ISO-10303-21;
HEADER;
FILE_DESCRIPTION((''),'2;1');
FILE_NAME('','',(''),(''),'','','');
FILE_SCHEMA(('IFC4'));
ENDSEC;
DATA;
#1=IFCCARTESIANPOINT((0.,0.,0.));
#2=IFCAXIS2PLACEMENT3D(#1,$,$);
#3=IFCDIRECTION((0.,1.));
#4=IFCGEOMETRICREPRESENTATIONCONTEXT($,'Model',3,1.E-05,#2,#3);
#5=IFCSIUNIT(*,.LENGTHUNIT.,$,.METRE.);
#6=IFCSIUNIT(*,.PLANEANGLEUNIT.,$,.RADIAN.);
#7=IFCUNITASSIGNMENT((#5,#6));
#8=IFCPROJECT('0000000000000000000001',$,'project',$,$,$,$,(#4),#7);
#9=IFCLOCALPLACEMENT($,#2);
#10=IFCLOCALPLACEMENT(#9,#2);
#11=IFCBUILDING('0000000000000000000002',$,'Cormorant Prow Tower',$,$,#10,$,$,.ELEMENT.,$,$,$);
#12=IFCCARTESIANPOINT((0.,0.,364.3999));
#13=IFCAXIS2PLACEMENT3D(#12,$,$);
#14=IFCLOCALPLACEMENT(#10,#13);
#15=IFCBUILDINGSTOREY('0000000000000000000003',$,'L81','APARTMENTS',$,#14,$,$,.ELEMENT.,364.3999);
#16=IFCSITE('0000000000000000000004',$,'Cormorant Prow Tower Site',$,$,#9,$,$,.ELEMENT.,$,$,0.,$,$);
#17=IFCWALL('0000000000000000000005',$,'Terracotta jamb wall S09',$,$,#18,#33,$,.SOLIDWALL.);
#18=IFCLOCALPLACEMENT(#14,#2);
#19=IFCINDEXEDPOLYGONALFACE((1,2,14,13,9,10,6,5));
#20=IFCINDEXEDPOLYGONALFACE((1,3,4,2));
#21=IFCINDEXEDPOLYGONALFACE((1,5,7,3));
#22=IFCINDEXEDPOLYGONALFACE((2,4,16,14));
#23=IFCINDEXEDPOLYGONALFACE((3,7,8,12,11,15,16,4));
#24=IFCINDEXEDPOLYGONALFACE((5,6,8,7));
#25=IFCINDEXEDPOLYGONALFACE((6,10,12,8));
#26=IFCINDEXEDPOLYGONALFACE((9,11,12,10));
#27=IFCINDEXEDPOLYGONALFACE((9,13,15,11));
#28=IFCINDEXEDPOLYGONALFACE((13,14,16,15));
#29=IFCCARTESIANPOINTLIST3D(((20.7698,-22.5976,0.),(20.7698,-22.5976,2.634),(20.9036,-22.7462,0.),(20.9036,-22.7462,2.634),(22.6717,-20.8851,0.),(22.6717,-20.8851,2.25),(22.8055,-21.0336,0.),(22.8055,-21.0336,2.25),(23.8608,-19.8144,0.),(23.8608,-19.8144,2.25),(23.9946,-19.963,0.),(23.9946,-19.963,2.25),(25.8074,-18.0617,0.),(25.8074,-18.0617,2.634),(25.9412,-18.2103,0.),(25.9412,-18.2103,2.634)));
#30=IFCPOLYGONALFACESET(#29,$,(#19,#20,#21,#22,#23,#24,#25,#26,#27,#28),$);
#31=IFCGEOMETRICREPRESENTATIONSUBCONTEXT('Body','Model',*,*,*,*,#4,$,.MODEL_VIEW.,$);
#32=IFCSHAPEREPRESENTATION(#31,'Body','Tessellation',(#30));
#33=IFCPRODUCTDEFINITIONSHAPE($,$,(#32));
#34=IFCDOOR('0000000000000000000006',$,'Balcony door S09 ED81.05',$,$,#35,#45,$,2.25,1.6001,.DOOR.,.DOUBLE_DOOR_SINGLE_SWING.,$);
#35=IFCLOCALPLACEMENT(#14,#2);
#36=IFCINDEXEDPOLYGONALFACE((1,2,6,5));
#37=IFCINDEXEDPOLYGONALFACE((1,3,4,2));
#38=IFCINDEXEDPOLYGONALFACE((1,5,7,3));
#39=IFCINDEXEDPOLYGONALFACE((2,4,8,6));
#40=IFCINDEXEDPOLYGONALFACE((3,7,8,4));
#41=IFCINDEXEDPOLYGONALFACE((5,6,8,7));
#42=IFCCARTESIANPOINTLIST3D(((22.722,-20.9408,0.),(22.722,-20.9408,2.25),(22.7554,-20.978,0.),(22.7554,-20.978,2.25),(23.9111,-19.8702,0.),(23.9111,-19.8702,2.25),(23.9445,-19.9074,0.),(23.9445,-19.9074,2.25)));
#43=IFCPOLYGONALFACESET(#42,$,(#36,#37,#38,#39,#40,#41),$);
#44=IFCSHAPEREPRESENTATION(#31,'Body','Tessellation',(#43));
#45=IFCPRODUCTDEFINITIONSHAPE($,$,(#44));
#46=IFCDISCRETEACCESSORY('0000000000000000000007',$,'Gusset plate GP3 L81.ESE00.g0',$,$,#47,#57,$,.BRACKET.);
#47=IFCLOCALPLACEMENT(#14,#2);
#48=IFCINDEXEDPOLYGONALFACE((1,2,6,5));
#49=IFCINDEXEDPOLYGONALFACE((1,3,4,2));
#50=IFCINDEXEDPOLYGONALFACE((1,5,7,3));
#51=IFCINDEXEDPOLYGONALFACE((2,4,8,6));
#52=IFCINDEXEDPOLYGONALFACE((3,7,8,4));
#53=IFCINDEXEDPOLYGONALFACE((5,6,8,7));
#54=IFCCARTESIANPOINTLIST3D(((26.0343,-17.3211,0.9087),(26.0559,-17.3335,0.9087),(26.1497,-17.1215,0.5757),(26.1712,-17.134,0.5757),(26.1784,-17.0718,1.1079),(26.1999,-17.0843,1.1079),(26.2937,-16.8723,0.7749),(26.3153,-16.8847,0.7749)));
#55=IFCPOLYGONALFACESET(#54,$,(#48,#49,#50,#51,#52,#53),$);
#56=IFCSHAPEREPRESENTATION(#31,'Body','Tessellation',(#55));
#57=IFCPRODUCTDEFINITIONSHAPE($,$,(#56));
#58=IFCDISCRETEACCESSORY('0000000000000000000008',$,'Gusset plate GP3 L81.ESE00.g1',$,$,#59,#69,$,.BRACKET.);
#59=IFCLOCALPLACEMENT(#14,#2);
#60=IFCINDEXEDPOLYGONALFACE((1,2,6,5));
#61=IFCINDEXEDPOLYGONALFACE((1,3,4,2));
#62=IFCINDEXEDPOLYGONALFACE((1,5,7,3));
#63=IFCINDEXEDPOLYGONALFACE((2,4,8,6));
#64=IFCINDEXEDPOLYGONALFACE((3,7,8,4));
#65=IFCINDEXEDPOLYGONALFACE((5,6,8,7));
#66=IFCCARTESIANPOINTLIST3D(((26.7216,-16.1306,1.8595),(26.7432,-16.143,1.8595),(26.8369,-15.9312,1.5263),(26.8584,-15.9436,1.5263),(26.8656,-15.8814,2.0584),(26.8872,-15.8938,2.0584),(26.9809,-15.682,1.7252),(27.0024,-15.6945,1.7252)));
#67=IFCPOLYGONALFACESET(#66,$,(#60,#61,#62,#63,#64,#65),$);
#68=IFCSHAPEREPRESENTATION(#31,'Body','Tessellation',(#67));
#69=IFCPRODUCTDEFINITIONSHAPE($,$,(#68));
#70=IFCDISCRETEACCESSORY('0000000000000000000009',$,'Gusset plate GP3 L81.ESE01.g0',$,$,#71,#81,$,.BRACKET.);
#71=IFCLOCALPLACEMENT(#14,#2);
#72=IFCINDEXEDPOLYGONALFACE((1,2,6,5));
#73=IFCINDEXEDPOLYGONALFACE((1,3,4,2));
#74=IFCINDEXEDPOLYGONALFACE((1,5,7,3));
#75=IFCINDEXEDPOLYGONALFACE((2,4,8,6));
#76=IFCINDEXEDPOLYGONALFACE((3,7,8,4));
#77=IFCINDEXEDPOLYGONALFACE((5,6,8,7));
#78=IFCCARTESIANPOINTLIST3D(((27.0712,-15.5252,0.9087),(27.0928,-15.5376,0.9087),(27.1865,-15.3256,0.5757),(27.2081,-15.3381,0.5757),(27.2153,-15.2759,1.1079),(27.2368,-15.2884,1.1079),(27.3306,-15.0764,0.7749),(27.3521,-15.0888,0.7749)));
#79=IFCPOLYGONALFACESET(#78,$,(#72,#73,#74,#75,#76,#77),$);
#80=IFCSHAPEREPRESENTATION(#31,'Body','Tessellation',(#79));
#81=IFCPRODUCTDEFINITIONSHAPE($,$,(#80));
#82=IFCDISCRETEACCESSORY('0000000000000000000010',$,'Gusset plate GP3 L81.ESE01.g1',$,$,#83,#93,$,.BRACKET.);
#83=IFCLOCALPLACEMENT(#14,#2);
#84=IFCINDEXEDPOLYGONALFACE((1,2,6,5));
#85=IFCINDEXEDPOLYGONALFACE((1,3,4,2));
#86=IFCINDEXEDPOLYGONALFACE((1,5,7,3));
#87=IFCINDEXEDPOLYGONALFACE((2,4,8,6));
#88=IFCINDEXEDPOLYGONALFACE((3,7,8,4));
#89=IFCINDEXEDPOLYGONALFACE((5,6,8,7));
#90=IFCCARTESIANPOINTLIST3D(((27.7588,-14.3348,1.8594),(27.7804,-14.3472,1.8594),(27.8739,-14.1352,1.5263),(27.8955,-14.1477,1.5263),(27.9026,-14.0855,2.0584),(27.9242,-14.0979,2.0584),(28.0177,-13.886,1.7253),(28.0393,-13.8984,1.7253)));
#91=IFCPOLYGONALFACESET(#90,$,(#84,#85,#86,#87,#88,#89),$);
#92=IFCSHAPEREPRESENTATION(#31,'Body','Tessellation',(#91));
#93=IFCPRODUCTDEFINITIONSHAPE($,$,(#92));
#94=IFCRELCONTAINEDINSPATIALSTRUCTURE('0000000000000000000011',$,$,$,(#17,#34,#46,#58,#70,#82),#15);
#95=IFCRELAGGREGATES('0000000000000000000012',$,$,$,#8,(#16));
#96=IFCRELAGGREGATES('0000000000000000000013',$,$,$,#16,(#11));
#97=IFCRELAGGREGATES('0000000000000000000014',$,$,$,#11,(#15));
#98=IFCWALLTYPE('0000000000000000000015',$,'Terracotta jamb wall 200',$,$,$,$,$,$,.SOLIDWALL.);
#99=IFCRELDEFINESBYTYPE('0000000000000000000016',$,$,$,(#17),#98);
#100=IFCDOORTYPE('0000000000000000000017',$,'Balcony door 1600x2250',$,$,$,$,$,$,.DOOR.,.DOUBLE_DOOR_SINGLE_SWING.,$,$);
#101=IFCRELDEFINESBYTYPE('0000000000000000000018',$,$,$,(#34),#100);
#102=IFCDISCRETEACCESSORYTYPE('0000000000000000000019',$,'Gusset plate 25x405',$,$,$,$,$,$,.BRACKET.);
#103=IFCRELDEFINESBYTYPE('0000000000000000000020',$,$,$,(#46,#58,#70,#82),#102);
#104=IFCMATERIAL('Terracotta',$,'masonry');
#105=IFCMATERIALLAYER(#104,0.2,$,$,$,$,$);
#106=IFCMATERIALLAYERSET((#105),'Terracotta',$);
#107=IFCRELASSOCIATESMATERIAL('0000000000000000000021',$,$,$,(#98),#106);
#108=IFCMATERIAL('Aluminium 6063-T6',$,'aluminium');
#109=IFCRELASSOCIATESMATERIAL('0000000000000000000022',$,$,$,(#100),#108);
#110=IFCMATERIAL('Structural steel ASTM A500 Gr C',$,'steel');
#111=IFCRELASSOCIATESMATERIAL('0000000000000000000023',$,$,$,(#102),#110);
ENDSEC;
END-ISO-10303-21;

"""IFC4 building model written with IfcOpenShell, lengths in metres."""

from ifc_helpers import new_model, si_unit, direction, frame, frame_2d, origin, origin_2d, place, context, subcontext, project, spatial, rectangle, extrude, material, layer, layer_set, material_profile, profile_set, type_object, element, fill, save


model = new_model("IFC4")

# Units and contexts
model_context = context("Model", 3, precision=1e-05, world=origin(), true_north=direction((0.0, 1.0)))
body_context = subcontext(model_context, "Body", "Model", "MODEL_VIEW")
ifc_project = project(units=[si_unit("LENGTHUNIT", "METRE"), si_unit("PLANEANGLEUNIT", "RADIAN")], contexts=[model_context])

# Site, building, storey
site_placement = place(None, origin())
site = spatial("IfcSite", under=ifc_project, at=site_placement, Name="Cormorant Prow Tower Site", CompositionType="ELEMENT", RefElevation=0.0)
building_placement = place(site_placement, origin())
building = spatial("IfcBuilding", under=site, at=building_placement, Name="Cormorant Prow Tower", CompositionType="ELEMENT")
storey_placement = place(building_placement, frame((0.0, 0.0, 364.3999)))
storey = spatial("IfcBuildingStorey", under=building, at=storey_placement, Name="L81", Description="APARTMENTS", CompositionType="ELEMENT", Elevation=364.3999)

# Wall, opening, door
ifc_material_1 = material(Name="Terracotta", Category="masonry")
ifc_layer_1 = layer(ifc_material_1, 0.2)
ifc_layer_set_1 = layer_set([ifc_layer_1], Name="Terracotta")
wall_type_1 = type_object("IfcWallType", Name="Terracotta jamb wall 200", PredefinedType="SOLIDWALL", material=ifc_layer_set_1)
wall_1_placement = place(storey_placement, frame((20.8367, -22.6719, 0.0), z_axis=(0.0, 0.0, 1.0), x_axis=(0.743144, 0.669132, 0.0)))
wall_1 = element("IfcWall", 1, at=wall_1_placement, inside=storey, type_object=wall_type_1, Name="Terracotta jamb wall S09", PredefinedType="SOLIDWALL", context=body_context, shape_type="SweptSolid", body=[
    extrude(rectangle(XDim=6.7788, YDim=0.2, at=frame_2d((3.3894, 0.0))), origin(), (0.0, 0.0, 1.0), 2.634),
])
opening_1_placement = place(wall_1_placement, frame((2.5593, 0.0, 0.0)))
opening_1 = element("IfcOpeningElement", 2, at=opening_1_placement, cuts=wall_1, PredefinedType="OPENING", context=body_context, shape_type="SweptSolid", body=[
    extrude(rectangle(XDim=1.6001, YDim=2.25, at=frame_2d((0.8, 1.125))), frame((0.0, 0.1099, 0.0), z_axis=(0.0, -1.0, 0.0), x_axis=(1.0, 0.0, 0.0)), (0.0, 0.0, 1.0), 0.22),
])
ifc_material_2 = material(Name="Aluminium 6063-T6", Category="aluminium")
door_type_1 = type_object("IfcDoorType", Name="Balcony door 1600x2250", OperationType="DOUBLE_DOOR_SINGLE_SWING", PredefinedType="DOOR", material=ifc_material_2)
door_1_placement = place(opening_1_placement, origin())
door_1 = element("IfcDoor", 3, at=door_1_placement, inside=storey, type_object=door_type_1, Name="Balcony door S09 ED81.05", OperationType="DOUBLE_DOOR_SINGLE_SWING", OverallHeight=2.25, OverallWidth=1.6001, PredefinedType="DOOR", context=body_context, shape_type="SweptSolid", body=[
    extrude(rectangle(XDim=1.6001, YDim=2.25, at=frame_2d((0.8, 1.125))), frame((0.0, 0.0249, 0.0), z_axis=(0.0, -1.0, 0.0), x_axis=(1.0, 0.0, 0.0)), (0.0, 0.0, 1.0), 0.05),
])
fill(opening_1, door_1)

# Discrete accessories
ifc_material_3 = material(Name="Structural steel ASTM A500 Gr C", Category="steel")
ifc_material_profile_1 = material_profile(ifc_material_3, rectangle(XDim=0.0249, YDim=0.405, at=origin_2d()), Name="Gusset plate 25x405")
ifc_profile_set_1 = profile_set([ifc_material_profile_1], Name="Structural steel ASTM A500 Gr C")
discrete_accessory_type = type_object("IfcDiscreteAccessoryType", Name="Gusset plate 25x405", PredefinedType="BRACKET", material=ifc_profile_set_1)
discrete_accessory_1_placement = place(storey_placement, frame((26.2468, -16.9783, 0.9414), z_axis=(-0.411432, -0.711987, -0.569032), x_axis=(0.865832, -0.500334, 0.0)))
element("IfcDiscreteAccessory", 4, at=discrete_accessory_1_placement, inside=storey, type_object=discrete_accessory_type, Name="Gusset plate GP3 L81.ESE00.g0", PredefinedType="BRACKET", context=body_context, shape_type="SweptSolid", body=[
    extrude(rectangle(XDim=0.0249, YDim=0.405, at=origin_2d()), origin(), (0.0, 0.0, 1.0), 0.3501),
])
discrete_accessory_2_placement = place(storey_placement, frame((26.79, -16.0371, 1.6929), z_axis=(0.411596, 0.71227, 0.56856), x_axis=(-0.865832, 0.500334, 0.0)))
element("IfcDiscreteAccessory", 5, at=discrete_accessory_2_placement, inside=storey, type_object=discrete_accessory_type, Name="Gusset plate GP3 L81.ESE00.g1", PredefinedType="BRACKET", context=body_context, shape_type="SweptSolid", body=[
    extrude(rectangle(XDim=0.0249, YDim=0.405, at=origin_2d()), origin(), (0.0, 0.0, 1.0), 0.3499),
])
discrete_accessory_3_placement = place(storey_placement, frame((27.2837, -15.1824, 0.9414), z_axis=(-0.411432, -0.711987, -0.569032), x_axis=(0.865832, -0.500334, 0.0)))
element("IfcDiscreteAccessory", 6, at=discrete_accessory_3_placement, inside=storey, type_object=discrete_accessory_type, Name="Gusset plate GP3 L81.ESE01.g0", PredefinedType="BRACKET", context=body_context, shape_type="SweptSolid", body=[
    extrude(rectangle(XDim=0.0249, YDim=0.405, at=origin_2d()), origin(), (0.0, 0.0, 1.0), 0.3501),
])
discrete_accessory_4_placement = place(storey_placement, frame((27.8271, -14.2412, 1.6929), z_axis=(0.411016, 0.712474, 0.568723), x_axis=(-0.8662, 0.499698, 0.0)))
element("IfcDiscreteAccessory", 7, at=discrete_accessory_4_placement, inside=storey, type_object=discrete_accessory_type, Name="Gusset plate GP3 L81.ESE01.g1", PredefinedType="BRACKET", context=body_context, shape_type="SweptSolid", body=[
    extrude(rectangle(XDim=0.0249, YDim=0.405, at=origin_2d()), origin(), (0.0, 0.0, 1.0), 0.3499),
])

save(model, "model.ifc")
